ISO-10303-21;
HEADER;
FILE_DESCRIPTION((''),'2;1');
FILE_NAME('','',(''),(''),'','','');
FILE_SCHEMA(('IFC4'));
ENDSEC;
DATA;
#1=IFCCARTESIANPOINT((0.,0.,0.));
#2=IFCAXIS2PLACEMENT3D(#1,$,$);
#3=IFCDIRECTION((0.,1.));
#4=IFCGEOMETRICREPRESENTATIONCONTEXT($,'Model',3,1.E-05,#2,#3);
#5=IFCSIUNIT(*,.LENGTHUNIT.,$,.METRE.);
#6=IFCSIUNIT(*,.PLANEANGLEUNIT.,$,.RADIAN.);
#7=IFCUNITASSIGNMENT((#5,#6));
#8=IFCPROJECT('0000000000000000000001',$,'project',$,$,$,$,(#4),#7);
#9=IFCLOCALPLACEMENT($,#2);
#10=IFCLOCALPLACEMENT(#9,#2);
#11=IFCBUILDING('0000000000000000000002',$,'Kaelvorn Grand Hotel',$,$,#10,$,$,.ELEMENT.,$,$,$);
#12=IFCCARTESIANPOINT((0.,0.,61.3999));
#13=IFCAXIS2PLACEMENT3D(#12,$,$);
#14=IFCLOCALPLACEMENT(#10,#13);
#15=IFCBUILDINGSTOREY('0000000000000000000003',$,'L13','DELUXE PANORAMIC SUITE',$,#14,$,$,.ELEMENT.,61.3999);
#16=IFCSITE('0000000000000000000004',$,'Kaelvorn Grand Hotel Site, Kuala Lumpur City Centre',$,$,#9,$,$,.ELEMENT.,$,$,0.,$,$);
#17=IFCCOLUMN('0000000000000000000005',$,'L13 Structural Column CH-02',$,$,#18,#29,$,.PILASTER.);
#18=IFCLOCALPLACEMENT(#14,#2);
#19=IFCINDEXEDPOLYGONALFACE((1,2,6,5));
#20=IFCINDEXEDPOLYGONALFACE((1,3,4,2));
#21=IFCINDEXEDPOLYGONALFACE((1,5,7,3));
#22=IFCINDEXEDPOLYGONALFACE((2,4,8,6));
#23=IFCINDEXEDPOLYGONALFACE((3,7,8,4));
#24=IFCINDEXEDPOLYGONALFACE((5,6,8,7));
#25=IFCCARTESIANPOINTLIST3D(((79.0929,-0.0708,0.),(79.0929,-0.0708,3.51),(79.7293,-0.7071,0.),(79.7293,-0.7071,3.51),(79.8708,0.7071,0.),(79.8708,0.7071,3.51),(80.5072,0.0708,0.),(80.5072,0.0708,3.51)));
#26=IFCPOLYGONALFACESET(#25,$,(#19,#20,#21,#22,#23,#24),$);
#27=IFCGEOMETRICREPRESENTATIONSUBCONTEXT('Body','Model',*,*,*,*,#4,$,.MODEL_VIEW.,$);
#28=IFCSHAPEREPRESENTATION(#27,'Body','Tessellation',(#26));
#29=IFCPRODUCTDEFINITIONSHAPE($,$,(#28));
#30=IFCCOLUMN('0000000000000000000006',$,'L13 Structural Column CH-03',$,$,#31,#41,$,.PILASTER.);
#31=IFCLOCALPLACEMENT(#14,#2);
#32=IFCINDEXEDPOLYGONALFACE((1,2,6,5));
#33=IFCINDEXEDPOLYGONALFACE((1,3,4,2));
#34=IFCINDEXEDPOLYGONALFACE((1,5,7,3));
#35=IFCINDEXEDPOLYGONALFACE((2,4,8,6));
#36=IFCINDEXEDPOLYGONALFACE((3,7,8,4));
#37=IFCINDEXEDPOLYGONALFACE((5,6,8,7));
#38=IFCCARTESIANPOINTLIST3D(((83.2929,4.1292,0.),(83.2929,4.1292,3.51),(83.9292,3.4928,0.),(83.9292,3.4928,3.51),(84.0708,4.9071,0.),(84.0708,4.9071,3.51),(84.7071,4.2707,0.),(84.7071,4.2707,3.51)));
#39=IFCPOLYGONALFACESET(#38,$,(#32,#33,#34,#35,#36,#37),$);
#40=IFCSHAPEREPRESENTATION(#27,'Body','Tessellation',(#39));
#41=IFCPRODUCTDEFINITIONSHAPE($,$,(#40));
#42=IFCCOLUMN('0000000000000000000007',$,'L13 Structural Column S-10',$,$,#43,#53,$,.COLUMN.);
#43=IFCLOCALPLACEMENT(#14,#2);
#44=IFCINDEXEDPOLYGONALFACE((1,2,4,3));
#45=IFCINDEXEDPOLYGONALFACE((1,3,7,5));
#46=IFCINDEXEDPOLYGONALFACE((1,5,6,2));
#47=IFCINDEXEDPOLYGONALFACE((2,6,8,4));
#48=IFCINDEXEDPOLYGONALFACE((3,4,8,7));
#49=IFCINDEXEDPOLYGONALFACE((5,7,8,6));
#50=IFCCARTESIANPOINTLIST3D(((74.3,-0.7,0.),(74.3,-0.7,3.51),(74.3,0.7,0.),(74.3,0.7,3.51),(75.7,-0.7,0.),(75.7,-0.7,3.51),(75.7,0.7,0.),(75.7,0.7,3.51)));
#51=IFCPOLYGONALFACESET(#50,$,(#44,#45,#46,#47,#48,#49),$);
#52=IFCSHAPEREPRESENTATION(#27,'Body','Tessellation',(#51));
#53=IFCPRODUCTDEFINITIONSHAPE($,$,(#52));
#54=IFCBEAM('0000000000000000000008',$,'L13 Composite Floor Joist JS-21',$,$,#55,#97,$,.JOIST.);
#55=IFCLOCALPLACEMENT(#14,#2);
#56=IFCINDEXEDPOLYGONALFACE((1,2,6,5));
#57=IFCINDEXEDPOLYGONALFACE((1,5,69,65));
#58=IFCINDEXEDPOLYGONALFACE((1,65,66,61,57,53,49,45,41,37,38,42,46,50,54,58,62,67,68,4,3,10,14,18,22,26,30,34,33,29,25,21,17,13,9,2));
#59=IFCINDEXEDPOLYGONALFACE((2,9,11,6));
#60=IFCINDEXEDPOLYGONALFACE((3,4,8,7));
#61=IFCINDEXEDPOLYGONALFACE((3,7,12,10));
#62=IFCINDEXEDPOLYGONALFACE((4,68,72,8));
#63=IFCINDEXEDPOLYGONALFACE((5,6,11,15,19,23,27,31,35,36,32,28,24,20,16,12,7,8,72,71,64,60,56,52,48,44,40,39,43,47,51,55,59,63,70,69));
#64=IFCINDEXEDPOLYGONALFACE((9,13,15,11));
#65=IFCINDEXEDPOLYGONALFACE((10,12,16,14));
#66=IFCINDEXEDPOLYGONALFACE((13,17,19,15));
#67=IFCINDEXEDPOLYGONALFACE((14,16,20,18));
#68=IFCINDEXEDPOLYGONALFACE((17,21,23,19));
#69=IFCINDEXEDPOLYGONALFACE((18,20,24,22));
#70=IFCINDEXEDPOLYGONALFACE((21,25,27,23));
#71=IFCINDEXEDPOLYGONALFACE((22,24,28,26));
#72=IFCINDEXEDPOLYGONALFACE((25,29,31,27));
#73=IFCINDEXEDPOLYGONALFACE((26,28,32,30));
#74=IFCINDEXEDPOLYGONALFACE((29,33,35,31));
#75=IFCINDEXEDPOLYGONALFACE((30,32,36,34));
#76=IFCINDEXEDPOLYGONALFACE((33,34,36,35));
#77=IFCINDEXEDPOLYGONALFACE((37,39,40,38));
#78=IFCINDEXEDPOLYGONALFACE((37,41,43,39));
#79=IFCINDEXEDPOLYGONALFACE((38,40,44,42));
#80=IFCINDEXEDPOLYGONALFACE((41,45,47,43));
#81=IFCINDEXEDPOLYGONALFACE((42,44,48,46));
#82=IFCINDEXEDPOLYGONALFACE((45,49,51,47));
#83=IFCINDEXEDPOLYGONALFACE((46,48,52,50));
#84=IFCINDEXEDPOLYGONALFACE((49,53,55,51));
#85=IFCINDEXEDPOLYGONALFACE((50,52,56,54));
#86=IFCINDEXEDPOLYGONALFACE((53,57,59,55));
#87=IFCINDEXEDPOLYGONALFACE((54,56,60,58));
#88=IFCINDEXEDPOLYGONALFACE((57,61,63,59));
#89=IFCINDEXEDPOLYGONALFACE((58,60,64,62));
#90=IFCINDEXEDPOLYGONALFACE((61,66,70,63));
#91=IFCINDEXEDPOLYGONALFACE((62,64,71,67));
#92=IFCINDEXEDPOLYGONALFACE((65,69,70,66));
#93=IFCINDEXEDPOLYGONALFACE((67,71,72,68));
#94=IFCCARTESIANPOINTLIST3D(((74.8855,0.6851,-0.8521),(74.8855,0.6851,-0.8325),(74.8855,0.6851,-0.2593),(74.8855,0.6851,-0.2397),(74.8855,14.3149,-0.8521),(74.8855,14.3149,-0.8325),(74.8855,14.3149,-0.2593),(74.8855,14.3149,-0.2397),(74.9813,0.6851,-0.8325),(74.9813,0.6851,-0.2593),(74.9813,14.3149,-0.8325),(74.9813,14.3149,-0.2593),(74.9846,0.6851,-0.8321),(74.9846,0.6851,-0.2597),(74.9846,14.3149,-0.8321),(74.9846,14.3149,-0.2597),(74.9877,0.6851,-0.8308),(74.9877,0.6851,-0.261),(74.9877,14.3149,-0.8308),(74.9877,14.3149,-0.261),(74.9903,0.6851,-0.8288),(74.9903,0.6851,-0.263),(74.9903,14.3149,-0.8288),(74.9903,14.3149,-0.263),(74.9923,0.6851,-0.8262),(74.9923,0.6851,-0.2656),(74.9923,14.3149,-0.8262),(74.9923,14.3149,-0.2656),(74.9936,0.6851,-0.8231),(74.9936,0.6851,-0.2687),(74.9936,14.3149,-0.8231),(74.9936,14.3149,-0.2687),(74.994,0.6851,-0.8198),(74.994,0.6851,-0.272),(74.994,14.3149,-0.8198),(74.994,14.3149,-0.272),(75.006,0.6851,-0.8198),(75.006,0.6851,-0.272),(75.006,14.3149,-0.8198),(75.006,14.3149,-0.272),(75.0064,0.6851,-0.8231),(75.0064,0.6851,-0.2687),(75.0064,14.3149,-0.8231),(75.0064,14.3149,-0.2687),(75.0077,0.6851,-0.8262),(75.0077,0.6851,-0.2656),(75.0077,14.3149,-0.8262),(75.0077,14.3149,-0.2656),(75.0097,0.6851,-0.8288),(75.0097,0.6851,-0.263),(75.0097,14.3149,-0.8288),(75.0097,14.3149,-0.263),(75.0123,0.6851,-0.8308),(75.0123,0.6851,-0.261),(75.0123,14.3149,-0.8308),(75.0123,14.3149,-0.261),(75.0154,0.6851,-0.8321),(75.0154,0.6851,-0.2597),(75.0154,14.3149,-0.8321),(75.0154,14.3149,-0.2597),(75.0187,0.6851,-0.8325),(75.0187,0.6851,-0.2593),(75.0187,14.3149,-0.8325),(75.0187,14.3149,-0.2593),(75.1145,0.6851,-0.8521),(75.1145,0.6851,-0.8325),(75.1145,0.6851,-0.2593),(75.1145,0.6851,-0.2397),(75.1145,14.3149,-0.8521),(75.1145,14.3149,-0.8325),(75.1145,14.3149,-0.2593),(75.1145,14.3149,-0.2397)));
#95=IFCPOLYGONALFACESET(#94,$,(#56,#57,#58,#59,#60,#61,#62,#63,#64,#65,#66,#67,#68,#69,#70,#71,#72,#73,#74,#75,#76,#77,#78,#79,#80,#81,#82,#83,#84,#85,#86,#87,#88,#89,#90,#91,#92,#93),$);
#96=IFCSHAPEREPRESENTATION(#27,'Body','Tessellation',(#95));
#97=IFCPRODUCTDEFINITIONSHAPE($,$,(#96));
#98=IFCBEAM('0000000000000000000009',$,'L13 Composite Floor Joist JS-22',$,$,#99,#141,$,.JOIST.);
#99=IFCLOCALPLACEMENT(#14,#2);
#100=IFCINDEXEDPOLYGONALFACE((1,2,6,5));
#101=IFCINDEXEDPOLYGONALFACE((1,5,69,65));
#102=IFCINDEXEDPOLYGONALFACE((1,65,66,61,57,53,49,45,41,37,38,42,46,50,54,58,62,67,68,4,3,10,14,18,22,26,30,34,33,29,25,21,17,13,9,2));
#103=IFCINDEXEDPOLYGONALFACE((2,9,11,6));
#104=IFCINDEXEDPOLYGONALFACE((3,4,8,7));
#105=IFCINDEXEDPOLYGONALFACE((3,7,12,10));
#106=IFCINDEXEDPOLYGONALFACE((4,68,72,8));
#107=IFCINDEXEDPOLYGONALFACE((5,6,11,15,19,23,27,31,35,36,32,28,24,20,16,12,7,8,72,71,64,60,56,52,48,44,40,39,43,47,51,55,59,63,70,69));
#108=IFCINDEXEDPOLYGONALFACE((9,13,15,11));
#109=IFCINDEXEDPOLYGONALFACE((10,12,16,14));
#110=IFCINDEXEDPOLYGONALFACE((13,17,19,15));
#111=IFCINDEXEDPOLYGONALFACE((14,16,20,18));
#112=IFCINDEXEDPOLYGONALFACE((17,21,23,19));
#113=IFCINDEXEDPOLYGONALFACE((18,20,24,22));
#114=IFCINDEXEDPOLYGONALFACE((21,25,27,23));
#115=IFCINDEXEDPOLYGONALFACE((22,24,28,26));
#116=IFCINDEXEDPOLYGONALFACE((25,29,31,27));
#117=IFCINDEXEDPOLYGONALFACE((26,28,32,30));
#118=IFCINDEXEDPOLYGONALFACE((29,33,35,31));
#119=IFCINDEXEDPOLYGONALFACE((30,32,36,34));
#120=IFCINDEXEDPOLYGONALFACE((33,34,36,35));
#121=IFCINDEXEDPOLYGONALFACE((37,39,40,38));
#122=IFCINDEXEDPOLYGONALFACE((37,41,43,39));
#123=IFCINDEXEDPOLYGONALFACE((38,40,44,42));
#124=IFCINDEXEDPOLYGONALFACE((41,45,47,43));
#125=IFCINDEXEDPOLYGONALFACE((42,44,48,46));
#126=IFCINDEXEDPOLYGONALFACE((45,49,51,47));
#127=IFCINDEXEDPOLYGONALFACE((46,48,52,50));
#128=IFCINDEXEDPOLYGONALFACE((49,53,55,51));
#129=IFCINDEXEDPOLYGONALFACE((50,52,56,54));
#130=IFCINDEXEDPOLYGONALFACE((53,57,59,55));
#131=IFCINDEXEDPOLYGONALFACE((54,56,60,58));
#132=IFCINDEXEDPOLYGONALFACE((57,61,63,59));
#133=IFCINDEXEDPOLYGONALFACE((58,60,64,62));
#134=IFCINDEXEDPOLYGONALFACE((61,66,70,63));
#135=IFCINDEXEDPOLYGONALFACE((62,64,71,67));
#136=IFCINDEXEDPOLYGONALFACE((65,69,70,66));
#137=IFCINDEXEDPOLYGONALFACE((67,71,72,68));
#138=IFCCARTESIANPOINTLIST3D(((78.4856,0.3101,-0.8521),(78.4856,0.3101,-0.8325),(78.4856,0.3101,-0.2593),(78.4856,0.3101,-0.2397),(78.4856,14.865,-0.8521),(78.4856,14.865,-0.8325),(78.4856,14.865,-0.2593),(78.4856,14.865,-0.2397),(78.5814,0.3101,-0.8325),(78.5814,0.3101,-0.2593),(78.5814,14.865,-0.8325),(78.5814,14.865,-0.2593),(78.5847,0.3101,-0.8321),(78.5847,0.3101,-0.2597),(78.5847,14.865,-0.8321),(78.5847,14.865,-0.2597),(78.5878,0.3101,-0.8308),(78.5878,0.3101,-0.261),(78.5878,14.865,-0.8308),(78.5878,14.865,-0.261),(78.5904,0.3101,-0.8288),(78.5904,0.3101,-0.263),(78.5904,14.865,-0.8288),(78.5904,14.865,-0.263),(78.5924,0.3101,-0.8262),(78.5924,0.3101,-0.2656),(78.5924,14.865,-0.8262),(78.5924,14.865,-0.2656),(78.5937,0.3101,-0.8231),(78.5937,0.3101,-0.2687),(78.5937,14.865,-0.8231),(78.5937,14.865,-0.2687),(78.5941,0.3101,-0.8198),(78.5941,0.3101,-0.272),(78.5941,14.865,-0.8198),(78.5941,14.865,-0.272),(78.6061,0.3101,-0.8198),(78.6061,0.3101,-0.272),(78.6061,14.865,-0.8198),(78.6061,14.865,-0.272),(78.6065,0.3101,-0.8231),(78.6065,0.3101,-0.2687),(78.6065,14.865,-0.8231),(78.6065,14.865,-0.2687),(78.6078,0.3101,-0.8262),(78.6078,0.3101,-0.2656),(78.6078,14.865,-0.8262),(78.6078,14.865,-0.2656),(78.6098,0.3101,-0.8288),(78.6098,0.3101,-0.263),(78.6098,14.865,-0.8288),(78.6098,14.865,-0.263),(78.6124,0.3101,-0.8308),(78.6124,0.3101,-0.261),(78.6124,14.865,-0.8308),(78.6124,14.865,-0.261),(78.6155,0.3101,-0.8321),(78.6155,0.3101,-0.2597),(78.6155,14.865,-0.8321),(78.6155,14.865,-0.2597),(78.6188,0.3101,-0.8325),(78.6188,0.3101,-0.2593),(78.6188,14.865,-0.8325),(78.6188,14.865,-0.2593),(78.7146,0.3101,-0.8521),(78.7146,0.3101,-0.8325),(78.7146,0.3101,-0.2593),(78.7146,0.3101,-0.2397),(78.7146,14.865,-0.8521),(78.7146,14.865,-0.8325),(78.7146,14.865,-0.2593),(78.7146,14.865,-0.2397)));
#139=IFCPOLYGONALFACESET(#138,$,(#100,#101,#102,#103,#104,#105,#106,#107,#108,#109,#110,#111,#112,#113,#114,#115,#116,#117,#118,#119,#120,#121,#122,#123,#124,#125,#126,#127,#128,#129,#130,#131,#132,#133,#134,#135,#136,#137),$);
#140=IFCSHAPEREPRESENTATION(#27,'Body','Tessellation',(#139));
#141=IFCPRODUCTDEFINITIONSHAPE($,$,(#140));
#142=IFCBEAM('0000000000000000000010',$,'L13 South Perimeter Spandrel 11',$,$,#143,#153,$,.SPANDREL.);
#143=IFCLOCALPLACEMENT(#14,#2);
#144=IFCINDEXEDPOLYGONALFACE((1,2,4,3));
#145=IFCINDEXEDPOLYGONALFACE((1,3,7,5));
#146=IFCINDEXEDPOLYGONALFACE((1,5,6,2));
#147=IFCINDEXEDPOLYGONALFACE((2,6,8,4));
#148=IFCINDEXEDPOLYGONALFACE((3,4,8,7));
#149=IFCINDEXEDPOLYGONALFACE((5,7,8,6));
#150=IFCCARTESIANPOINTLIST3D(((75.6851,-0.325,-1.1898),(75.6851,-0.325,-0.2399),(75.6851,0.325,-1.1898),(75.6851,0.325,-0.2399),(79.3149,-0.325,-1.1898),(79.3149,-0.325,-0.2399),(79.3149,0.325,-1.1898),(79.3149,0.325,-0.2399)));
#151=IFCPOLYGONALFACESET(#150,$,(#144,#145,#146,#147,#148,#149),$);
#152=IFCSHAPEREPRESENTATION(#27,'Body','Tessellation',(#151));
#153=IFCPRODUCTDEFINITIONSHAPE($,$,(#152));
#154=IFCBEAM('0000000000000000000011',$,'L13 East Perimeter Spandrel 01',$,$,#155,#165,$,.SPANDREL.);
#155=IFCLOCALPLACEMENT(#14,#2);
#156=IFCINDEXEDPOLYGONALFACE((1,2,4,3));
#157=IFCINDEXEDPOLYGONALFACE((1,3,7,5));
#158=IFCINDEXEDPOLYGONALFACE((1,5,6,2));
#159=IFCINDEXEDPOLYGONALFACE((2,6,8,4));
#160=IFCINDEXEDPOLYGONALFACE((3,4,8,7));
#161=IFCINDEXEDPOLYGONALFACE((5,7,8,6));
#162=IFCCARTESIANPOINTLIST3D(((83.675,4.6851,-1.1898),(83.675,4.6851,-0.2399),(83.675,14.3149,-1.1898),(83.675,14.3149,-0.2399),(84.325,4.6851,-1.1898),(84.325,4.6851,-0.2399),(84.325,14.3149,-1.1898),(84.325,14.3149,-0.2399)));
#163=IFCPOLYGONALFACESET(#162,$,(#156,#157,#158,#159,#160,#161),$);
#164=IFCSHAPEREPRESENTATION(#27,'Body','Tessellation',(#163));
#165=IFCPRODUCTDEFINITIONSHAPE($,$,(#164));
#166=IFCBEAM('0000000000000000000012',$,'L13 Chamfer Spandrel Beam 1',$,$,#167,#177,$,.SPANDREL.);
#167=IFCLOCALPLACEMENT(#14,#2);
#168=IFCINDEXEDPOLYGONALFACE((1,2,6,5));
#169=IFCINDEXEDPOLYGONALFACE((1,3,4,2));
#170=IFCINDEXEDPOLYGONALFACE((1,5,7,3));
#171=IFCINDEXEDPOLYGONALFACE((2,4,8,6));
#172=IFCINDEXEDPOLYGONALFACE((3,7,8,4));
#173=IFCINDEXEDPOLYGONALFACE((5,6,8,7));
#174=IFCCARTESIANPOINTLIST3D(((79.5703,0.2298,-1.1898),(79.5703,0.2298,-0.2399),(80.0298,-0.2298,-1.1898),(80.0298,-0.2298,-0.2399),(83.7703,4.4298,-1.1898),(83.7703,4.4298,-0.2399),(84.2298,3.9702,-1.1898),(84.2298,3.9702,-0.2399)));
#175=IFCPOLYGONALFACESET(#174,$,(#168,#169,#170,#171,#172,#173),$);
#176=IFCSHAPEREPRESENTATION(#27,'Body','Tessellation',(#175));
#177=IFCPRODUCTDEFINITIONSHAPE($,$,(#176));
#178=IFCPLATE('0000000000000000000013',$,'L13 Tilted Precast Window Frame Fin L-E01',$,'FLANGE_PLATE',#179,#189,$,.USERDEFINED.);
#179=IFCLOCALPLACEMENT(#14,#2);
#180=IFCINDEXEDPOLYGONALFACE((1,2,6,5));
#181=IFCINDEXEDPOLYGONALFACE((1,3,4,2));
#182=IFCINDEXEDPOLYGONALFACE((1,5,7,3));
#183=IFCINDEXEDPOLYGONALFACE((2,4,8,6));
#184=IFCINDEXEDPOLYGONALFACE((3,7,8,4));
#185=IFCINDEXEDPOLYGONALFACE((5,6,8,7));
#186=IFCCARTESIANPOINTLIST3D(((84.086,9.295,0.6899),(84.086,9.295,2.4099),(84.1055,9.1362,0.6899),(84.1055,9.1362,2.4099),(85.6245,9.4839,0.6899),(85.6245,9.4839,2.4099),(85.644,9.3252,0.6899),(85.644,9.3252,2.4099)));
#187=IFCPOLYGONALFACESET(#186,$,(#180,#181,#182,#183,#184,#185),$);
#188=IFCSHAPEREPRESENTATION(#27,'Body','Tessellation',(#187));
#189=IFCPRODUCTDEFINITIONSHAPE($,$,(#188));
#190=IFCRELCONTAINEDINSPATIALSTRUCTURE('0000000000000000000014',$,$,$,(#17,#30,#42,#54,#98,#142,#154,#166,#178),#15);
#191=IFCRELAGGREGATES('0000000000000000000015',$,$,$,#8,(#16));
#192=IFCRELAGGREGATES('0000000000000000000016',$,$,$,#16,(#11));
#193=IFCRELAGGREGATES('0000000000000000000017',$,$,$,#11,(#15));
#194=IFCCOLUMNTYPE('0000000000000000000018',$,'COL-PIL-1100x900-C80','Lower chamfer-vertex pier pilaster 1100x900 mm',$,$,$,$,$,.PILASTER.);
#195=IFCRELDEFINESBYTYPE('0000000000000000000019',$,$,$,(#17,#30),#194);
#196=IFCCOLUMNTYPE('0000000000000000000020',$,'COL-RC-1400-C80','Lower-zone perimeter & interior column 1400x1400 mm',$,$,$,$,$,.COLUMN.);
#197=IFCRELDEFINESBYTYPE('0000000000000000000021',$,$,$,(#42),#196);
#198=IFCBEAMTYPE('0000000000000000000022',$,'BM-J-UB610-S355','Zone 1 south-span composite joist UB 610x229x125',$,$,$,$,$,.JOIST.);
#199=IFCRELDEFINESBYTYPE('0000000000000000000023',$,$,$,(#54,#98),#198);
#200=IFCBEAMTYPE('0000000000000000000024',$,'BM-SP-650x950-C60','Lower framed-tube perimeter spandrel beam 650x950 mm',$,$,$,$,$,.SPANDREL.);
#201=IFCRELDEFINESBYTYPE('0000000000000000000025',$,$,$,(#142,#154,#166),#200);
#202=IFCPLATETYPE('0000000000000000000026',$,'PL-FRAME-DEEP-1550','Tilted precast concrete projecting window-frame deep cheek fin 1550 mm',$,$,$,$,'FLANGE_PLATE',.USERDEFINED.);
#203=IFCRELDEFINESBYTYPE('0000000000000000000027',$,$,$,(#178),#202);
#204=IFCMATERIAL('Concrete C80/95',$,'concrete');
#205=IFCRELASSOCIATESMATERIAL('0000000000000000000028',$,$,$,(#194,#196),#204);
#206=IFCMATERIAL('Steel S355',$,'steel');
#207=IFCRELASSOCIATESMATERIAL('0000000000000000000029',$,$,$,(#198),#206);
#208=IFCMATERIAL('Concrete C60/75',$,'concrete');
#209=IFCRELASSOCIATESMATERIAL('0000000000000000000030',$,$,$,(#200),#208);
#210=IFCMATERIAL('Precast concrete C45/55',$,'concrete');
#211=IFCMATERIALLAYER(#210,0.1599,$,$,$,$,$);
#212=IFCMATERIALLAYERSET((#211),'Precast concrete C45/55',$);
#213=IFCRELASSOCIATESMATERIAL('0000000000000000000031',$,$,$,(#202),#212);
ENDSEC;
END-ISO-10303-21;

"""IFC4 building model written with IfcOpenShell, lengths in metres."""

from ifc_helpers import new_model, si_unit, direction, frame, origin, origin_2d, place, context, subcontext, project, spatial, rectangle, i_section, extrude, material, layer, layer_set, material_profile, profile_set, type_object, element, save


model = new_model("IFC4")

# Units and contexts
model_context = context("Model", 3, precision=1e-05, world=origin(), true_north=direction((0.0, 1.0)))
body_context = subcontext(model_context, "Body", "Model", "MODEL_VIEW")
ifc_project = project(units=[si_unit("LENGTHUNIT", "METRE"), si_unit("PLANEANGLEUNIT", "RADIAN")], contexts=[model_context])

# Site, building, storey
site_placement = place(None, origin())
site = spatial("IfcSite", under=ifc_project, at=site_placement, Name="Kaelvorn Grand Hotel Site, Kuala Lumpur City Centre", CompositionType="ELEMENT", RefElevation=0.0)
building_placement = place(site_placement, origin())
building = spatial("IfcBuilding", under=site, at=building_placement, Name="Kaelvorn Grand Hotel", CompositionType="ELEMENT")
storey_placement = place(building_placement, frame((0.0, 0.0, 61.3999)))
storey = spatial("IfcBuildingStorey", under=building, at=storey_placement, Name="L13", Description="DELUXE PANORAMIC SUITE", CompositionType="ELEMENT", Elevation=61.3999)

# Columns
ifc_material_1 = material(Name="Concrete C80/95", Category="concrete")
ifc_material_profile_1 = material_profile(ifc_material_1, rectangle(XDim=1.1001, YDim=0.8999, at=origin_2d()), Name="RC PILASTER 1100x900")
ifc_profile_set_1 = profile_set([ifc_material_profile_1], Name="Concrete C80/95")
column_type_1 = type_object("IfcColumnType", Name="COL-PIL-1100x900-C80", Description="Lower chamfer-vertex pier pilaster 1100x900 mm", PredefinedType="PILASTER", material=ifc_profile_set_1)
for number, where, z_axis, x_axis, name in (
    (1, (79.8, 0.0, 0.0), (0.0, 0.0, 1.0), (0.707107, 0.707107, 0.0), "L13 Structural Column CH-02"),
    (2, (84.0, 4.2, 0.0), (0.0, 0.0, 1.0), (0.707107, 0.707107, 0.0), "L13 Structural Column CH-03"),
):
    element("IfcColumn", number, at=place(storey_placement, frame(where, z_axis=z_axis, x_axis=x_axis)), inside=storey, type_object=column_type_1, Name=name, PredefinedType="PILASTER", context=body_context, shape_type="SweptSolid", body=[
        extrude(rectangle(XDim=1.1001, YDim=0.8999, at=origin_2d()), origin(), (0.0, 0.0, 1.0), 3.51),
    ])
ifc_material_profile_2 = material_profile(ifc_material_1, rectangle(XDim=1.3999, YDim=1.3999, at=origin_2d()), Name="RC COL 1400x1400")
ifc_profile_set_2 = profile_set([ifc_material_profile_2], Name="Concrete C80/95")
column_type_2 = type_object("IfcColumnType", Name="COL-RC-1400-C80", Description="Lower-zone perimeter & interior column 1400x1400 mm", PredefinedType="COLUMN", material=ifc_profile_set_2)
column_placement = place(storey_placement, frame((75.0, 0.0, 0.0), z_axis=(0.0, 0.0, 1.0), x_axis=(1.0, 0.0, 0.0)))
element("IfcColumn", 3, at=column_placement, inside=storey, type_object=column_type_2, Name="L13 Structural Column S-10", PredefinedType="COLUMN", context=body_context, shape_type="SweptSolid", body=[
    extrude(rectangle(XDim=1.3999, YDim=1.3999, at=origin_2d()), origin(), (0.0, 0.0, 1.0), 3.51),
])

# Beams
ifc_material_2 = material(Name="Steel S355", Category="steel")
ifc_material_profile_3 = material_profile(ifc_material_2, i_section(OverallWidth=0.229, OverallDepth=0.6123, WebThickness=0.012, FlangeThickness=0.0195, FilletRadius=0.0127, at=origin_2d()), Name="UB 610x229x125")
ifc_profile_set_3 = profile_set([ifc_material_profile_3], Name="Steel S355")
beam_type_1 = type_object("IfcBeamType", Name="BM-J-UB610-S355", Description="Zone 1 south-span composite joist UB 610x229x125", PredefinedType="JOIST", material=ifc_profile_set_3)
beam_1_placement = place(storey_placement, frame((75.0, 0.6851, -0.5459), z_axis=(0.0, 1.0, 0.0), x_axis=(-1.0, 0.0, 0.0)))
element("IfcBeam", 4, at=beam_1_placement, inside=storey, type_object=beam_type_1, Name="L13 Composite Floor Joist JS-21", PredefinedType="JOIST", context=body_context, shape_type="SweptSolid", body=[
    extrude(i_section(OverallWidth=0.229, OverallDepth=0.6123, WebThickness=0.012, FlangeThickness=0.0195, FilletRadius=0.0127, at=origin_2d()), origin(), (0.0, 0.0, 1.0), 13.6299),
])
beam_2_placement = place(storey_placement, frame((78.6001, 0.3101, -0.5459), z_axis=(0.0, 1.0, 0.0), x_axis=(-1.0, 0.0, 0.0)))
element("IfcBeam", 5, at=beam_2_placement, inside=storey, type_object=beam_type_1, Name="L13 Composite Floor Joist JS-22", PredefinedType="JOIST", context=body_context, shape_type="SweptSolid", body=[
    extrude(i_section(OverallWidth=0.229, OverallDepth=0.6123, WebThickness=0.012, FlangeThickness=0.0195, FilletRadius=0.0127, at=origin_2d()), origin(), (0.0, 0.0, 1.0), 14.5549),
])
ifc_material_3 = material(Name="Concrete C60/75", Category="concrete")
ifc_material_profile_4 = material_profile(ifc_material_3, rectangle(XDim=0.6499, YDim=0.95, at=origin_2d()), Name="RC SPANDREL 650x950")
ifc_profile_set_4 = profile_set([ifc_material_profile_4], Name="Concrete C60/75")
beam_type_2 = type_object("IfcBeamType", Name="BM-SP-650x950-C60", Description="Lower framed-tube perimeter spandrel beam 650x950 mm", PredefinedType="SPANDREL", material=ifc_profile_set_4)
beam_3_placement = place(storey_placement, frame((75.6851, 0.0, -0.7148), z_axis=(1.0, 0.0, 0.0), x_axis=(0.0, 1.0, 0.0)))
element("IfcBeam", 6, at=beam_3_placement, inside=storey, type_object=beam_type_2, Name="L13 South Perimeter Spandrel 11", PredefinedType="SPANDREL", context=body_context, shape_type="SweptSolid", body=[
    extrude(rectangle(XDim=0.6499, YDim=0.95, at=origin_2d()), origin(), (0.0, 0.0, 1.0), 3.6299),
])
beam_4_placement = place(storey_placement, frame((84.0, 4.6851, -0.7148), z_axis=(0.0, 1.0, 0.0), x_axis=(-1.0, 0.0, 0.0)))
element("IfcBeam", 7, at=beam_4_placement, inside=storey, type_object=beam_type_2, Name="L13 East Perimeter Spandrel 01", PredefinedType="SPANDREL", context=body_context, shape_type="SweptSolid", body=[
    extrude(rectangle(XDim=0.6499, YDim=0.95, at=origin_2d()), origin(), (0.0, 0.0, 1.0), 9.6299),
])
beam_5_placement = place(storey_placement, frame((79.8, 0.0, -0.7148), z_axis=(0.707107, 0.707107, 0.0), x_axis=(-0.707107, 0.707107, 0.0)))
element("IfcBeam", 8, at=beam_5_placement, inside=storey, type_object=beam_type_2, Name="L13 Chamfer Spandrel Beam 1", PredefinedType="SPANDREL", context=body_context, shape_type="SweptSolid", body=[
    extrude(rectangle(XDim=0.6499, YDim=0.95, at=origin_2d()), origin(), (0.0, 0.0, 1.0), 5.9397),
])

# Plate
ifc_material_4 = material(Name="Precast concrete C45/55", Category="concrete")
ifc_layer_1 = layer(ifc_material_4, 0.1599)
ifc_layer_set_1 = layer_set([ifc_layer_1], Name="Precast concrete C45/55")
plate_type_1 = type_object("IfcPlateType", Name="PL-FRAME-DEEP-1550", Description="Tilted precast concrete projecting window-frame deep cheek fin 1550 mm", ElementType="FLANGE_PLATE", PredefinedType="USERDEFINED", material=ifc_layer_set_1)
plate_1_placement = place(storey_placement, frame((84.865, 9.3101, 0.6899), z_axis=(0.0, 0.0, 1.0), x_axis=(-0.121869, 0.992546, 0.0)))
element("IfcPlate", 9, at=plate_1_placement, inside=storey, type_object=plate_type_1, Name="L13 Tilted Precast Window Frame Fin L-E01", ObjectType="FLANGE_PLATE", PredefinedType="USERDEFINED", context=body_context, shape_type="SweptSolid", body=[
    extrude(rectangle(XDim=0.1599, YDim=1.55, at=origin_2d()), origin(), (0.0, 0.0, 1.0), 1.72),
])

save(model, "model.ifc")
